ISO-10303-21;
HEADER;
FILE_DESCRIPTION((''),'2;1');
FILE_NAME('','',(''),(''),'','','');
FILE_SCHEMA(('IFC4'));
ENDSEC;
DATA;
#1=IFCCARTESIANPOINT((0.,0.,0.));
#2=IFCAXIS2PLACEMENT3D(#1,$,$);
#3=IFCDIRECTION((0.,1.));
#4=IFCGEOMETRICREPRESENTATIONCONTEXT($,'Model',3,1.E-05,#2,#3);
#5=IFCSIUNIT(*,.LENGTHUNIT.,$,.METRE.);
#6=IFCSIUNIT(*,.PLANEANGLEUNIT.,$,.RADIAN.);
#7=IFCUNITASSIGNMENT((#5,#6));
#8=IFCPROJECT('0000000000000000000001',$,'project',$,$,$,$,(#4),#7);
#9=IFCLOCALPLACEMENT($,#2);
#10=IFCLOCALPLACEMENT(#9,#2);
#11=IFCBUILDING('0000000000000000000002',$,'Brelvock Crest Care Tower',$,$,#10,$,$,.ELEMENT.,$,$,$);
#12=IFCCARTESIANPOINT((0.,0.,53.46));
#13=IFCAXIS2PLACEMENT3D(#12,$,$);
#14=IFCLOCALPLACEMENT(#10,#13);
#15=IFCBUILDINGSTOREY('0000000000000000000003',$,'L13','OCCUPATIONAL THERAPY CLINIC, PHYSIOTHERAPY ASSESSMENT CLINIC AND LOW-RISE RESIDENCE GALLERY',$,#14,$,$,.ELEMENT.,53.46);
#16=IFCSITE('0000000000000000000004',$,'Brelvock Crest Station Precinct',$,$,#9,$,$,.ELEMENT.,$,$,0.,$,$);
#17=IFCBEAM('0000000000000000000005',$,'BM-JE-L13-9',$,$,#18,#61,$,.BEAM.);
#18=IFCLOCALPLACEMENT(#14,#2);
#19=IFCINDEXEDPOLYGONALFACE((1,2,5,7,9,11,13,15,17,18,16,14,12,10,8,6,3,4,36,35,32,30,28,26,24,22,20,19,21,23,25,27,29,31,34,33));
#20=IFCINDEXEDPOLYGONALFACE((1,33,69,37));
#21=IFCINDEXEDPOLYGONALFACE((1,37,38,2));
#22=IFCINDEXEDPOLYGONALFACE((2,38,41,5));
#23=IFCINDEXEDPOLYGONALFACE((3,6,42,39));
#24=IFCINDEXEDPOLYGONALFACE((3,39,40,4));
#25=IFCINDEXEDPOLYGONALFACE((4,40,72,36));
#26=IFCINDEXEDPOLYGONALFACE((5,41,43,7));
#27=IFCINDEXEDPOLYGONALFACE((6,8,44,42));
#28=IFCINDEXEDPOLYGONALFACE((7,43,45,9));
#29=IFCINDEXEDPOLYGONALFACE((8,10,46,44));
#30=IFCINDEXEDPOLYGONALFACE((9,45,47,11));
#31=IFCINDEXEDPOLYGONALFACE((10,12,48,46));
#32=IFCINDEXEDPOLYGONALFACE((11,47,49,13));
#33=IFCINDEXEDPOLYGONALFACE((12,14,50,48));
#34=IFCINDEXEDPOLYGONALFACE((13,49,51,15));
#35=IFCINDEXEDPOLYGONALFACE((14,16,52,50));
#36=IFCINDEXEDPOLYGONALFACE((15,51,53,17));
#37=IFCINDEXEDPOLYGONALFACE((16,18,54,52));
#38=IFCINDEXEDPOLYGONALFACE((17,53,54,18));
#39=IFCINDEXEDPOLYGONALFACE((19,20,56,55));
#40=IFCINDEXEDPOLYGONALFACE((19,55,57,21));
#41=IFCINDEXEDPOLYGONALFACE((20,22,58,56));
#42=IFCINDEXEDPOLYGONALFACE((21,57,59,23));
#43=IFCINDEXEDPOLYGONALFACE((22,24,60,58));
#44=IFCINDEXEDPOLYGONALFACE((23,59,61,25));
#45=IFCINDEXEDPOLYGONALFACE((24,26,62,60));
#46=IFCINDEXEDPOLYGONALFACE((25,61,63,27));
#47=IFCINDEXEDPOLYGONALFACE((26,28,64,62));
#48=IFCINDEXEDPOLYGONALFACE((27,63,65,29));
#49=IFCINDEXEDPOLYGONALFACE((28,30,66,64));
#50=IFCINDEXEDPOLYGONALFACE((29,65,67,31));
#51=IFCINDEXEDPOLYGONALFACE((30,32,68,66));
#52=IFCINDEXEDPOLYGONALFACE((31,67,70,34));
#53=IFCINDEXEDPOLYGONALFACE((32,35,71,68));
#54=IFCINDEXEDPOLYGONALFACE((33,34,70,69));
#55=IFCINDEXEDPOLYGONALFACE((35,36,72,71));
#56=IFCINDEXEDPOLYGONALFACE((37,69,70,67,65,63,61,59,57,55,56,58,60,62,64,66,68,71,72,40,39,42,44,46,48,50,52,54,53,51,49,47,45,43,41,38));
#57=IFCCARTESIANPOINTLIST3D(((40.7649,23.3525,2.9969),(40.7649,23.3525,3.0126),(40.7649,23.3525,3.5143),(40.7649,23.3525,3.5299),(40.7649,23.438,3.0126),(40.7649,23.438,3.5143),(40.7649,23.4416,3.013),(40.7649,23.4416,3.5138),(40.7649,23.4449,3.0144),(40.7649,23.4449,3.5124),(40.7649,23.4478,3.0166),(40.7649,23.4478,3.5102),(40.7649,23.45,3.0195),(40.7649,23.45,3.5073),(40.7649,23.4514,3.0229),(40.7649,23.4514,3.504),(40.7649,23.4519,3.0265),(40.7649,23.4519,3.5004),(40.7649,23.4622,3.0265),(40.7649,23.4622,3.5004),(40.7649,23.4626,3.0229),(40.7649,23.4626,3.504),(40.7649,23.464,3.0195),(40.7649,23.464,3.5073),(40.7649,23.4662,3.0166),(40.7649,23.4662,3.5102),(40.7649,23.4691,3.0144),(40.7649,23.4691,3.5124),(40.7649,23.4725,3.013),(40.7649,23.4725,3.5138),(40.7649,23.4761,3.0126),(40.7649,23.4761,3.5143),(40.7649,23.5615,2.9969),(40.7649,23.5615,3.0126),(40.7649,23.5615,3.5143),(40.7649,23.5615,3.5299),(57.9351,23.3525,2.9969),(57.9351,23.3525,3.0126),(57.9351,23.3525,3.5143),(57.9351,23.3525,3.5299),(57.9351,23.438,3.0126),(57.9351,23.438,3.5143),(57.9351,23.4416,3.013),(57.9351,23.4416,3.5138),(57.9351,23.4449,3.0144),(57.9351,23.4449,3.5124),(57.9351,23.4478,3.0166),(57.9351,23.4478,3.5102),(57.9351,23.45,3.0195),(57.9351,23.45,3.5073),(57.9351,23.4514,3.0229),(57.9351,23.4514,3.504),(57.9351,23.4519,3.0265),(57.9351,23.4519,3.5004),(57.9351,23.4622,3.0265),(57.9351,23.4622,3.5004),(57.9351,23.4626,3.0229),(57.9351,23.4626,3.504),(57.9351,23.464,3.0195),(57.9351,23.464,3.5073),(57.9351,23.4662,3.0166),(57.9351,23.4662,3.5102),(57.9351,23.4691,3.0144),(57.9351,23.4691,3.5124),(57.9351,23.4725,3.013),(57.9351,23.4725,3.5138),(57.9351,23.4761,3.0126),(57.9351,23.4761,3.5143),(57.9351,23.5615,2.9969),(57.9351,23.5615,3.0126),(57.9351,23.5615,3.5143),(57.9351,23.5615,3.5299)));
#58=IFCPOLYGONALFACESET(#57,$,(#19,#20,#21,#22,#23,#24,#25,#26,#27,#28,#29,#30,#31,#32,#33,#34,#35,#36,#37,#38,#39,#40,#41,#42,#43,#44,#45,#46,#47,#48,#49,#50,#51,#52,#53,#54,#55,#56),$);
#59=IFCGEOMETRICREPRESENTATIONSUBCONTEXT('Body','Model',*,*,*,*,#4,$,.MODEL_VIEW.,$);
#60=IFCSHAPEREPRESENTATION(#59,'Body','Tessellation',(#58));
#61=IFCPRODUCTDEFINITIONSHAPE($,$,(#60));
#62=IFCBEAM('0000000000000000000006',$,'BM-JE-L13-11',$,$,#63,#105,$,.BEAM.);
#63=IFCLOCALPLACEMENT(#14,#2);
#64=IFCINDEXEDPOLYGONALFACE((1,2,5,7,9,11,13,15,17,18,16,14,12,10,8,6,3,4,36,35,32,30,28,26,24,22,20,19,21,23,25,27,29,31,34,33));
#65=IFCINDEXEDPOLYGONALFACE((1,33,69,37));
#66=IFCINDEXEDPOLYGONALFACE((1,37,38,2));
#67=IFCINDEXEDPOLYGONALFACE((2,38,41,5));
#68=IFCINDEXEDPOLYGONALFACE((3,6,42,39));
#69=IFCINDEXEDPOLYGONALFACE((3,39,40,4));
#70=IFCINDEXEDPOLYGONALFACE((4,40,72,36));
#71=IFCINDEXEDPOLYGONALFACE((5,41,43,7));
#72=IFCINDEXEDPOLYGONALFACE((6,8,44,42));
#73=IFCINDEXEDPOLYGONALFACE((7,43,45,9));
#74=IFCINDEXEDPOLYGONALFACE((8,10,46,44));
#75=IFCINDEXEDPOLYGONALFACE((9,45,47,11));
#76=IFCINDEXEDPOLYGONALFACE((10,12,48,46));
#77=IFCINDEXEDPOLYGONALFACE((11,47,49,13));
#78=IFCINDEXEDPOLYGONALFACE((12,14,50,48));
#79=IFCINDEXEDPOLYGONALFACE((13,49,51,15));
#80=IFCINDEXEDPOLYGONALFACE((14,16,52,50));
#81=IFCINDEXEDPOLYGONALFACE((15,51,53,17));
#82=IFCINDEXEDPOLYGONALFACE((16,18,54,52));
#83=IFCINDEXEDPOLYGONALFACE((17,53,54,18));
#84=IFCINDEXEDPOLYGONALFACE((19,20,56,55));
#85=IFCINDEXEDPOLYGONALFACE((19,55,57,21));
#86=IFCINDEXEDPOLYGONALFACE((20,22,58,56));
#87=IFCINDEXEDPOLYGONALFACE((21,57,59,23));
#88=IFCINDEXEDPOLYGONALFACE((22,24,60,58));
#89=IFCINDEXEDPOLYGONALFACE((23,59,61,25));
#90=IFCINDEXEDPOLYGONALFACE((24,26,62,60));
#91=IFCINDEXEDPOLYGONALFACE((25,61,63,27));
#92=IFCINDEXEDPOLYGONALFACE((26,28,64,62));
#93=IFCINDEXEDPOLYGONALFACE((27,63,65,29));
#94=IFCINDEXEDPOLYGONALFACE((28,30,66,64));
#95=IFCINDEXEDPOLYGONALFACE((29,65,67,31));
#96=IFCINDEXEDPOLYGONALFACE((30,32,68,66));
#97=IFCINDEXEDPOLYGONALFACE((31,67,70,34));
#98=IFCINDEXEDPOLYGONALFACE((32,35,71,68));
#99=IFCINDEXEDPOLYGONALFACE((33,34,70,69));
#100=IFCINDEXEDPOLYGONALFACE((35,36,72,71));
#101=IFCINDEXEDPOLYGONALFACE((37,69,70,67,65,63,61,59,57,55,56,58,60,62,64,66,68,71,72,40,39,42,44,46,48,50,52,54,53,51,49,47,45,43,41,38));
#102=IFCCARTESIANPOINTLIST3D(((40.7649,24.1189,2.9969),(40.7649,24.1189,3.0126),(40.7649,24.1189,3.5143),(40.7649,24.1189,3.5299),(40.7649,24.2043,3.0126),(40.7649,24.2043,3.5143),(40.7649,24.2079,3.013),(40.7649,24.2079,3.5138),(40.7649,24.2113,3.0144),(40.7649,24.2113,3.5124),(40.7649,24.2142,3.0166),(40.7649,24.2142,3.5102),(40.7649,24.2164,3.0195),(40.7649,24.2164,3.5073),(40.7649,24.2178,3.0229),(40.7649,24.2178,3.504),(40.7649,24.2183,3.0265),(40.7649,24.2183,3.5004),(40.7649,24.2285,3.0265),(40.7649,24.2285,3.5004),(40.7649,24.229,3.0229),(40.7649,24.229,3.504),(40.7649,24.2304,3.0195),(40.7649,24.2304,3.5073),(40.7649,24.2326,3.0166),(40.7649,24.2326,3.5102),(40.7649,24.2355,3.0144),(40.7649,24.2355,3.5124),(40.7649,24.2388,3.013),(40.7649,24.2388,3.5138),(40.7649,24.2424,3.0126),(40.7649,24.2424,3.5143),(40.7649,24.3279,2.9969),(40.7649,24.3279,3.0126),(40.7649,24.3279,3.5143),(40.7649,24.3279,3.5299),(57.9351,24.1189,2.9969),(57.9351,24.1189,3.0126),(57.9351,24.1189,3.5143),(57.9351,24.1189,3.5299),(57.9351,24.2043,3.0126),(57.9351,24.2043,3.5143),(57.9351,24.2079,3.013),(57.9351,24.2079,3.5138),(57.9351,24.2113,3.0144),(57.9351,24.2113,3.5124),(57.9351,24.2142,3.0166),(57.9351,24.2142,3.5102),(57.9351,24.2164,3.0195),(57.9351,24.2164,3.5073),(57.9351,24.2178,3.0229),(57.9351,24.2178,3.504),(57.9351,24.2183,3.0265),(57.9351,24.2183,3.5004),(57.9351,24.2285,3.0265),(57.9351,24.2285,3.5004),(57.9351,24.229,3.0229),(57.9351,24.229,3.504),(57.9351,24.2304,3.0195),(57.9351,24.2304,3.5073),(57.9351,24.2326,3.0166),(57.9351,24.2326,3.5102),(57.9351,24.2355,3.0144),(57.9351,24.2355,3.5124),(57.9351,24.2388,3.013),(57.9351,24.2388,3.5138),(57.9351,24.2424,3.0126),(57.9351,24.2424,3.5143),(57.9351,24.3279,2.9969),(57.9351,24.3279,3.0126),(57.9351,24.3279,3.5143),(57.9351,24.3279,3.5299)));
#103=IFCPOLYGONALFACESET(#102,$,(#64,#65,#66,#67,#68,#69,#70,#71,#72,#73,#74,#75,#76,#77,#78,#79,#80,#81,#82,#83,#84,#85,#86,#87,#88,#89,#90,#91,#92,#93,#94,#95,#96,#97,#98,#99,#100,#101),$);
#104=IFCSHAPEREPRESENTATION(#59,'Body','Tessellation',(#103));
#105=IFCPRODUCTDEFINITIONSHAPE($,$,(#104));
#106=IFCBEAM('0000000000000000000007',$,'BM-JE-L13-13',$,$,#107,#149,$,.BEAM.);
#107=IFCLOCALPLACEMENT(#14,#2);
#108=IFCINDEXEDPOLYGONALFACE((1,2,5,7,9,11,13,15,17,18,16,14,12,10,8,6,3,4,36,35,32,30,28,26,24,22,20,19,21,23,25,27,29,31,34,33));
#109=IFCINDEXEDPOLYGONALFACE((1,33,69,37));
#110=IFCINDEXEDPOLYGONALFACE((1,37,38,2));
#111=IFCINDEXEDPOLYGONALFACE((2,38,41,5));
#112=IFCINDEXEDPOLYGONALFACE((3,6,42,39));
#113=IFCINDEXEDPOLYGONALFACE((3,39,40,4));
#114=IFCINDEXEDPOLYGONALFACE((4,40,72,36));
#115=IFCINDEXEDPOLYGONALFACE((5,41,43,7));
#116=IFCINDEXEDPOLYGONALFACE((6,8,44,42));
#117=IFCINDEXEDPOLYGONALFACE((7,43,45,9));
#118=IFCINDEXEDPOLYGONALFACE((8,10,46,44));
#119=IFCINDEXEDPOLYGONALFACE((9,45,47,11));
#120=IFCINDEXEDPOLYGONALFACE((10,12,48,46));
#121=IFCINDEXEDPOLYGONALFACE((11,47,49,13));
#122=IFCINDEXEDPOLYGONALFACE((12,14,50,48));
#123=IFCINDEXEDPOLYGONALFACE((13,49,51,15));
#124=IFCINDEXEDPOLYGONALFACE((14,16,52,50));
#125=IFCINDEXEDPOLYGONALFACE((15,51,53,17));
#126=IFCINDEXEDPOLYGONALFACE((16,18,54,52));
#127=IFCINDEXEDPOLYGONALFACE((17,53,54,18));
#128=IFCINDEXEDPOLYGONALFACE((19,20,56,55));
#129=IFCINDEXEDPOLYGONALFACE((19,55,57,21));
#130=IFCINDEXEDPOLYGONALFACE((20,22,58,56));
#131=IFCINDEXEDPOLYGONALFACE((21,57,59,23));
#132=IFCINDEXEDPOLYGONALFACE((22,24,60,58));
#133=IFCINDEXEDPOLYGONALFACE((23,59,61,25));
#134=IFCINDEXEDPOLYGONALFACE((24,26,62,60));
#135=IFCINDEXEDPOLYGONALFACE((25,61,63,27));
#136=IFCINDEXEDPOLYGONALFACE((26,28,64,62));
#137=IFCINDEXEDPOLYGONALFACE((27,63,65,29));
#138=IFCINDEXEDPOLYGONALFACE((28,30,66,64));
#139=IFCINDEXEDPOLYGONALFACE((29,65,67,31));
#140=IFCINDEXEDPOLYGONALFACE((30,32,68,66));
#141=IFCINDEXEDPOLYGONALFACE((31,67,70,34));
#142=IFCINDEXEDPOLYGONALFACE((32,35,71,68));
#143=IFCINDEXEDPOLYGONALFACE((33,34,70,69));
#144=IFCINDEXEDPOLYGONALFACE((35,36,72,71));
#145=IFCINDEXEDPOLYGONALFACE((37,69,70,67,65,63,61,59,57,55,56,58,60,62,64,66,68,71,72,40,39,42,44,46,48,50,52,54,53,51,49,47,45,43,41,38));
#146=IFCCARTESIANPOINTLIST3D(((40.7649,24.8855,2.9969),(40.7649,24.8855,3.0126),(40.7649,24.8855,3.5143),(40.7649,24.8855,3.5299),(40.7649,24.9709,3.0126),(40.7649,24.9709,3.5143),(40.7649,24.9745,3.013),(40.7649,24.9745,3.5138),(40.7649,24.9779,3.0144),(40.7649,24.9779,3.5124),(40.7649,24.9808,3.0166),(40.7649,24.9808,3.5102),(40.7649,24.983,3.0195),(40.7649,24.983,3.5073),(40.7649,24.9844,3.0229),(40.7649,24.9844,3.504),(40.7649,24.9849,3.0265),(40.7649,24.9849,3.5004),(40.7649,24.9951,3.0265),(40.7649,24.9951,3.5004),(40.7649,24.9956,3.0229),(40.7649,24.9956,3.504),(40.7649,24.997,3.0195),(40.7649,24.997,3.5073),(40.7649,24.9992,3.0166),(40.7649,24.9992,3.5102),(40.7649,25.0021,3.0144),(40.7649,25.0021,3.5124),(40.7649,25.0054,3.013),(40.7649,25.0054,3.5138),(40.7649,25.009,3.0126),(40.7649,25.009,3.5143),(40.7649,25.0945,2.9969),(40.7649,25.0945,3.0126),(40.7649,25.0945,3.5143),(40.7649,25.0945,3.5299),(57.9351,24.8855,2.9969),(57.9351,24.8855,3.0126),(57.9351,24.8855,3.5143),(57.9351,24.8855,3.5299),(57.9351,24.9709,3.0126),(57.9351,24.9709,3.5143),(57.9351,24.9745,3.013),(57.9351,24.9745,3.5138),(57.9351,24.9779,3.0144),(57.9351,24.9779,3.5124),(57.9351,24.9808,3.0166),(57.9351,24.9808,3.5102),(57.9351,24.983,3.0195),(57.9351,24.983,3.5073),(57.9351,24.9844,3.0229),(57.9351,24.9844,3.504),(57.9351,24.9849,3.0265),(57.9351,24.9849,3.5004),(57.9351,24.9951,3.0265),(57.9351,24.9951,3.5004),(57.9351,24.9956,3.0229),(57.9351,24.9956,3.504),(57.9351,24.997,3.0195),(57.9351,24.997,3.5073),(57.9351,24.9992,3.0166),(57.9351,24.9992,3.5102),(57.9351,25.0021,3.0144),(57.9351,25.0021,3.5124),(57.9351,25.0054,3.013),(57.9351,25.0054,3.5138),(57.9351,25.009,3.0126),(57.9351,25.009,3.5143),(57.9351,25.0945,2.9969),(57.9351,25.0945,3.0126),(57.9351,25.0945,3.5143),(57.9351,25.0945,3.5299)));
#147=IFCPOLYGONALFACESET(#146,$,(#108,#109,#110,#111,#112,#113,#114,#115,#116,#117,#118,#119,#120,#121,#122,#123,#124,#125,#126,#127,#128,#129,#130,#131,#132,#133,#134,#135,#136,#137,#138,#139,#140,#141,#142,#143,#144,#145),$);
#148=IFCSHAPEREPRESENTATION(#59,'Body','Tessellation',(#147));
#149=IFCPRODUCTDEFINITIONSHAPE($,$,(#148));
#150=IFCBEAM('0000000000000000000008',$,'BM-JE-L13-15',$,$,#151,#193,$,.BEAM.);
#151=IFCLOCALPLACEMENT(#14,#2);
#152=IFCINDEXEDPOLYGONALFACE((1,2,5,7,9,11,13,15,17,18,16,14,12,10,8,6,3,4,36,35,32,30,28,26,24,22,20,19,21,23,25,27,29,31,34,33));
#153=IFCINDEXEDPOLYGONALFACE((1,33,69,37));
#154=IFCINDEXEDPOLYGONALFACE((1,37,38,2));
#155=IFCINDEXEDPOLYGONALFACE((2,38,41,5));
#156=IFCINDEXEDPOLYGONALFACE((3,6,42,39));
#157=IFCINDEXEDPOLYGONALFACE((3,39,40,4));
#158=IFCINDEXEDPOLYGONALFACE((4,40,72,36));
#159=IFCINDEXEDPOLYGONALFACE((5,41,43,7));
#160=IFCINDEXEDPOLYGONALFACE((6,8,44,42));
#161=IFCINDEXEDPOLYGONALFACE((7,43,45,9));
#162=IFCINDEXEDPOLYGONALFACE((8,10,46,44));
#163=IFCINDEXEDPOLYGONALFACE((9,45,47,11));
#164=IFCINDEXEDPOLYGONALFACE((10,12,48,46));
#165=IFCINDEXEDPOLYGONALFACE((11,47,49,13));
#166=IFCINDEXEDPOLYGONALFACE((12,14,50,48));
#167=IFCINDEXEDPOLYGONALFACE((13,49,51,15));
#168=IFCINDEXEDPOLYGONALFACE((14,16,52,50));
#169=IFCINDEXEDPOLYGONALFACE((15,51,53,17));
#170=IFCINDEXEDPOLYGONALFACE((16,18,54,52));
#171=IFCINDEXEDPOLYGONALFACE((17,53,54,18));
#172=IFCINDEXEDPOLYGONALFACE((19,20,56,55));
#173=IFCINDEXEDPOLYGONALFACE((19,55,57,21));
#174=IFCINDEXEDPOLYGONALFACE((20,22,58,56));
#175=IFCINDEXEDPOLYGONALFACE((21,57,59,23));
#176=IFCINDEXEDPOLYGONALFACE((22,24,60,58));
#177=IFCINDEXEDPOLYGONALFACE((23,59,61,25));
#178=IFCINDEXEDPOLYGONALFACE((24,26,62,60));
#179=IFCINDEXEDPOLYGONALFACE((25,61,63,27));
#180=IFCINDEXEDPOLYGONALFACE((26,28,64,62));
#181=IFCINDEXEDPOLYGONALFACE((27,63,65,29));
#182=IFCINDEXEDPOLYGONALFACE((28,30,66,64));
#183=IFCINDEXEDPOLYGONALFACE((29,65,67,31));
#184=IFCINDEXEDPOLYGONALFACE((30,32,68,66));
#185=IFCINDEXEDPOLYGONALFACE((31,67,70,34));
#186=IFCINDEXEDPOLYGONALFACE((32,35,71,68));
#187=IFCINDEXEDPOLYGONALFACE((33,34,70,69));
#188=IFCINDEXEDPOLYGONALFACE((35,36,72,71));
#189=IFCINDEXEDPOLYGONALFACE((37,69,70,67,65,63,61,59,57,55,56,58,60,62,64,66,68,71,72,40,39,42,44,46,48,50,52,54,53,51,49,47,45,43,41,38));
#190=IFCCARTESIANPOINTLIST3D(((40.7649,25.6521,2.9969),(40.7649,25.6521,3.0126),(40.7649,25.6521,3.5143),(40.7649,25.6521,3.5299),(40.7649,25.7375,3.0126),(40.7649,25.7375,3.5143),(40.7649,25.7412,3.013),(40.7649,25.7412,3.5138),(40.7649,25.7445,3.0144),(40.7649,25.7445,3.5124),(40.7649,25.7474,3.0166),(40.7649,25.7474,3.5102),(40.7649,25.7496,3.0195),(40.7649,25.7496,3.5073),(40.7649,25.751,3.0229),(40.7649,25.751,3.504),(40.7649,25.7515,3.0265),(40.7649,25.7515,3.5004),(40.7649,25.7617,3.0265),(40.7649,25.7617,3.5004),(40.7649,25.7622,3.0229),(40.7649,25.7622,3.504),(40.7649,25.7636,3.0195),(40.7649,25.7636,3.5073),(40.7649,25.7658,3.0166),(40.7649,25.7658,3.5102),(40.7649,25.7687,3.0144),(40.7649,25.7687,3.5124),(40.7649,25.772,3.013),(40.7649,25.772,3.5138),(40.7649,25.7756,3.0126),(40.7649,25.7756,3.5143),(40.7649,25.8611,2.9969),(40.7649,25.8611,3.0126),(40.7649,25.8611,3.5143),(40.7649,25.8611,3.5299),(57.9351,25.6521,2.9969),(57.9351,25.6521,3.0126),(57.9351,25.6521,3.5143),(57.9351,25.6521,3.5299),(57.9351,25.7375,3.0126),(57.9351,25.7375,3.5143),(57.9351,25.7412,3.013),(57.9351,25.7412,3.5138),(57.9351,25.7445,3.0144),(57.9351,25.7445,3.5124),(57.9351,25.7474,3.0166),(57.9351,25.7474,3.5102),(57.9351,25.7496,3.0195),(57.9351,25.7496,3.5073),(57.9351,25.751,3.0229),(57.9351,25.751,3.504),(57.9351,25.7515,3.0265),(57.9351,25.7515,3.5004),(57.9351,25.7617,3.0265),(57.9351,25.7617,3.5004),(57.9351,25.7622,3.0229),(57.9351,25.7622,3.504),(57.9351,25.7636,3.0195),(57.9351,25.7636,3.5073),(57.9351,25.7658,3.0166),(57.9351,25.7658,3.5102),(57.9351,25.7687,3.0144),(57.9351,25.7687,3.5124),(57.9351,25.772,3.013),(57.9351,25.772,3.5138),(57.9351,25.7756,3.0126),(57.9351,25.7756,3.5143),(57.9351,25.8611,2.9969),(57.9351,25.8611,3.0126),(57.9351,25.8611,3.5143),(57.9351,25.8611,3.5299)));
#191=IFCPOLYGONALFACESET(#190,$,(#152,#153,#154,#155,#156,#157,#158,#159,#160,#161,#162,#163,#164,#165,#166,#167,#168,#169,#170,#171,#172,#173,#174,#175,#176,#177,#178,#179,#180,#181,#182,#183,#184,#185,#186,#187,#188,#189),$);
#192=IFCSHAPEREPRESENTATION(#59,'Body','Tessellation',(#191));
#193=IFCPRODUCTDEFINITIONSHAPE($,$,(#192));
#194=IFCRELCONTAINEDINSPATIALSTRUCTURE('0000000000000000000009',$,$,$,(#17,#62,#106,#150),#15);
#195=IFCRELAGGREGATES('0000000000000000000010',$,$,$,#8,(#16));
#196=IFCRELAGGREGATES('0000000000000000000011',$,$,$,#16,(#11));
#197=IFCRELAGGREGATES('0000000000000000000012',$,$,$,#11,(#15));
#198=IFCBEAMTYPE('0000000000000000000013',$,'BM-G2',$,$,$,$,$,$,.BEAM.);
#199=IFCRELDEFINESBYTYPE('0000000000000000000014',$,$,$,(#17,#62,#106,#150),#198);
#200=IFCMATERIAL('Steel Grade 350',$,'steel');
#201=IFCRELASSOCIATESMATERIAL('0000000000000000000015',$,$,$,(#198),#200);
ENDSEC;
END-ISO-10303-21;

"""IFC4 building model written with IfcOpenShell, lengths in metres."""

from ifc_helpers import new_model, si_unit, direction, frame, origin, origin_2d, place, context, subcontext, project, spatial, i_section, extrude, source, transform, mapped, material, material_profile, profile_set, type_object, element, save


model = new_model("IFC4")

# Units and contexts
model_context = context("Model", 3, precision=1e-05, world=origin(), true_north=direction((0.0, 1.0)))
body_context = subcontext(model_context, "Body", "Model", "MODEL_VIEW")
ifc_project = project(units=[si_unit("LENGTHUNIT", "METRE"), si_unit("PLANEANGLEUNIT", "RADIAN")], contexts=[model_context])

# Site, building, storey
site_placement = place(None, origin())
site = spatial("IfcSite", under=ifc_project, at=site_placement, Name="Brelvock Crest Station Precinct", CompositionType="ELEMENT", RefElevation=0.0)
building_placement = place(site_placement, origin())
building = spatial("IfcBuilding", under=site, at=building_placement, Name="Brelvock Crest Care Tower", CompositionType="ELEMENT")
storey_placement = place(building_placement, frame((0.0, 0.0, 53.46)))
storey = spatial("IfcBuildingStorey", under=building, at=storey_placement, Name="L13", Description="OCCUPATIONAL THERAPY CLINIC, PHYSIOTHERAPY ASSESSMENT CLINIC AND LOW-RISE RESIDENCE GALLERY", CompositionType="ELEMENT", Elevation=53.46)

# Shared definitions
ifc_material_1 = material(Name="Steel Grade 350", Category="steel")

# Beams
ifc_material_profile_1 = material_profile(ifc_material_1, i_section(OverallWidth=0.209, OverallDepth=0.533, WebThickness=0.0103, FlangeThickness=0.0156, FilletRadius=0.0139, at=origin_2d()), Name="530UB92.4")
ifc_profile_set_1 = profile_set([ifc_material_profile_1], Name="Steel Grade 350")
beam_type_1 = type_object("IfcBeamType", Name="BM-G2", PredefinedType="BEAM", material=ifc_profile_set_1)
shared_shape_1 = source(origin(), body_context, "Body", "SweptSolid", [
    extrude(i_section(OverallWidth=0.209, OverallDepth=0.533, WebThickness=0.0103, FlangeThickness=0.0156, FilletRadius=0.0139, at=origin_2d()), origin(), (0.0, 0.0, 1.0), 17.1702),
])
for number, where, z_axis, x_axis, name in (
    (1, (40.7649, 23.457, 3.2634), (1.0, 0.0, 0.0), (0.0, 1.0, 0.0), "BM-JE-L13-9"),
    (2, (40.7649, 24.2234, 3.2634), (1.0, 0.0, 0.0), (0.0, 1.0, 0.0), "BM-JE-L13-11"),
    (3, (40.7649, 24.99, 3.2634), (1.0, 0.0, 0.0), (0.0, 1.0, 0.0), "BM-JE-L13-13"),
    (4, (40.7649, 25.7566, 3.2634), (1.0, 0.0, 0.0), (0.0, 1.0, 0.0), "BM-JE-L13-15"),
):
    element("IfcBeam", number, at=place(storey_placement, frame(where, z_axis=z_axis, x_axis=x_axis)), inside=storey, type_object=beam_type_1, Name=name, PredefinedType="BEAM", context=body_context, shape_type="MappedRepresentation", body=[
        mapped(shared_shape_1, transform((0.0, 0.0, 0.0), x_axis=(1.0, 0.0, 0.0), y_axis=(0.0, 1.0, 0.0), z_axis=(0.0, 0.0, 1.0), scale=1.0)),
    ])

save(model, "model.ifc")
